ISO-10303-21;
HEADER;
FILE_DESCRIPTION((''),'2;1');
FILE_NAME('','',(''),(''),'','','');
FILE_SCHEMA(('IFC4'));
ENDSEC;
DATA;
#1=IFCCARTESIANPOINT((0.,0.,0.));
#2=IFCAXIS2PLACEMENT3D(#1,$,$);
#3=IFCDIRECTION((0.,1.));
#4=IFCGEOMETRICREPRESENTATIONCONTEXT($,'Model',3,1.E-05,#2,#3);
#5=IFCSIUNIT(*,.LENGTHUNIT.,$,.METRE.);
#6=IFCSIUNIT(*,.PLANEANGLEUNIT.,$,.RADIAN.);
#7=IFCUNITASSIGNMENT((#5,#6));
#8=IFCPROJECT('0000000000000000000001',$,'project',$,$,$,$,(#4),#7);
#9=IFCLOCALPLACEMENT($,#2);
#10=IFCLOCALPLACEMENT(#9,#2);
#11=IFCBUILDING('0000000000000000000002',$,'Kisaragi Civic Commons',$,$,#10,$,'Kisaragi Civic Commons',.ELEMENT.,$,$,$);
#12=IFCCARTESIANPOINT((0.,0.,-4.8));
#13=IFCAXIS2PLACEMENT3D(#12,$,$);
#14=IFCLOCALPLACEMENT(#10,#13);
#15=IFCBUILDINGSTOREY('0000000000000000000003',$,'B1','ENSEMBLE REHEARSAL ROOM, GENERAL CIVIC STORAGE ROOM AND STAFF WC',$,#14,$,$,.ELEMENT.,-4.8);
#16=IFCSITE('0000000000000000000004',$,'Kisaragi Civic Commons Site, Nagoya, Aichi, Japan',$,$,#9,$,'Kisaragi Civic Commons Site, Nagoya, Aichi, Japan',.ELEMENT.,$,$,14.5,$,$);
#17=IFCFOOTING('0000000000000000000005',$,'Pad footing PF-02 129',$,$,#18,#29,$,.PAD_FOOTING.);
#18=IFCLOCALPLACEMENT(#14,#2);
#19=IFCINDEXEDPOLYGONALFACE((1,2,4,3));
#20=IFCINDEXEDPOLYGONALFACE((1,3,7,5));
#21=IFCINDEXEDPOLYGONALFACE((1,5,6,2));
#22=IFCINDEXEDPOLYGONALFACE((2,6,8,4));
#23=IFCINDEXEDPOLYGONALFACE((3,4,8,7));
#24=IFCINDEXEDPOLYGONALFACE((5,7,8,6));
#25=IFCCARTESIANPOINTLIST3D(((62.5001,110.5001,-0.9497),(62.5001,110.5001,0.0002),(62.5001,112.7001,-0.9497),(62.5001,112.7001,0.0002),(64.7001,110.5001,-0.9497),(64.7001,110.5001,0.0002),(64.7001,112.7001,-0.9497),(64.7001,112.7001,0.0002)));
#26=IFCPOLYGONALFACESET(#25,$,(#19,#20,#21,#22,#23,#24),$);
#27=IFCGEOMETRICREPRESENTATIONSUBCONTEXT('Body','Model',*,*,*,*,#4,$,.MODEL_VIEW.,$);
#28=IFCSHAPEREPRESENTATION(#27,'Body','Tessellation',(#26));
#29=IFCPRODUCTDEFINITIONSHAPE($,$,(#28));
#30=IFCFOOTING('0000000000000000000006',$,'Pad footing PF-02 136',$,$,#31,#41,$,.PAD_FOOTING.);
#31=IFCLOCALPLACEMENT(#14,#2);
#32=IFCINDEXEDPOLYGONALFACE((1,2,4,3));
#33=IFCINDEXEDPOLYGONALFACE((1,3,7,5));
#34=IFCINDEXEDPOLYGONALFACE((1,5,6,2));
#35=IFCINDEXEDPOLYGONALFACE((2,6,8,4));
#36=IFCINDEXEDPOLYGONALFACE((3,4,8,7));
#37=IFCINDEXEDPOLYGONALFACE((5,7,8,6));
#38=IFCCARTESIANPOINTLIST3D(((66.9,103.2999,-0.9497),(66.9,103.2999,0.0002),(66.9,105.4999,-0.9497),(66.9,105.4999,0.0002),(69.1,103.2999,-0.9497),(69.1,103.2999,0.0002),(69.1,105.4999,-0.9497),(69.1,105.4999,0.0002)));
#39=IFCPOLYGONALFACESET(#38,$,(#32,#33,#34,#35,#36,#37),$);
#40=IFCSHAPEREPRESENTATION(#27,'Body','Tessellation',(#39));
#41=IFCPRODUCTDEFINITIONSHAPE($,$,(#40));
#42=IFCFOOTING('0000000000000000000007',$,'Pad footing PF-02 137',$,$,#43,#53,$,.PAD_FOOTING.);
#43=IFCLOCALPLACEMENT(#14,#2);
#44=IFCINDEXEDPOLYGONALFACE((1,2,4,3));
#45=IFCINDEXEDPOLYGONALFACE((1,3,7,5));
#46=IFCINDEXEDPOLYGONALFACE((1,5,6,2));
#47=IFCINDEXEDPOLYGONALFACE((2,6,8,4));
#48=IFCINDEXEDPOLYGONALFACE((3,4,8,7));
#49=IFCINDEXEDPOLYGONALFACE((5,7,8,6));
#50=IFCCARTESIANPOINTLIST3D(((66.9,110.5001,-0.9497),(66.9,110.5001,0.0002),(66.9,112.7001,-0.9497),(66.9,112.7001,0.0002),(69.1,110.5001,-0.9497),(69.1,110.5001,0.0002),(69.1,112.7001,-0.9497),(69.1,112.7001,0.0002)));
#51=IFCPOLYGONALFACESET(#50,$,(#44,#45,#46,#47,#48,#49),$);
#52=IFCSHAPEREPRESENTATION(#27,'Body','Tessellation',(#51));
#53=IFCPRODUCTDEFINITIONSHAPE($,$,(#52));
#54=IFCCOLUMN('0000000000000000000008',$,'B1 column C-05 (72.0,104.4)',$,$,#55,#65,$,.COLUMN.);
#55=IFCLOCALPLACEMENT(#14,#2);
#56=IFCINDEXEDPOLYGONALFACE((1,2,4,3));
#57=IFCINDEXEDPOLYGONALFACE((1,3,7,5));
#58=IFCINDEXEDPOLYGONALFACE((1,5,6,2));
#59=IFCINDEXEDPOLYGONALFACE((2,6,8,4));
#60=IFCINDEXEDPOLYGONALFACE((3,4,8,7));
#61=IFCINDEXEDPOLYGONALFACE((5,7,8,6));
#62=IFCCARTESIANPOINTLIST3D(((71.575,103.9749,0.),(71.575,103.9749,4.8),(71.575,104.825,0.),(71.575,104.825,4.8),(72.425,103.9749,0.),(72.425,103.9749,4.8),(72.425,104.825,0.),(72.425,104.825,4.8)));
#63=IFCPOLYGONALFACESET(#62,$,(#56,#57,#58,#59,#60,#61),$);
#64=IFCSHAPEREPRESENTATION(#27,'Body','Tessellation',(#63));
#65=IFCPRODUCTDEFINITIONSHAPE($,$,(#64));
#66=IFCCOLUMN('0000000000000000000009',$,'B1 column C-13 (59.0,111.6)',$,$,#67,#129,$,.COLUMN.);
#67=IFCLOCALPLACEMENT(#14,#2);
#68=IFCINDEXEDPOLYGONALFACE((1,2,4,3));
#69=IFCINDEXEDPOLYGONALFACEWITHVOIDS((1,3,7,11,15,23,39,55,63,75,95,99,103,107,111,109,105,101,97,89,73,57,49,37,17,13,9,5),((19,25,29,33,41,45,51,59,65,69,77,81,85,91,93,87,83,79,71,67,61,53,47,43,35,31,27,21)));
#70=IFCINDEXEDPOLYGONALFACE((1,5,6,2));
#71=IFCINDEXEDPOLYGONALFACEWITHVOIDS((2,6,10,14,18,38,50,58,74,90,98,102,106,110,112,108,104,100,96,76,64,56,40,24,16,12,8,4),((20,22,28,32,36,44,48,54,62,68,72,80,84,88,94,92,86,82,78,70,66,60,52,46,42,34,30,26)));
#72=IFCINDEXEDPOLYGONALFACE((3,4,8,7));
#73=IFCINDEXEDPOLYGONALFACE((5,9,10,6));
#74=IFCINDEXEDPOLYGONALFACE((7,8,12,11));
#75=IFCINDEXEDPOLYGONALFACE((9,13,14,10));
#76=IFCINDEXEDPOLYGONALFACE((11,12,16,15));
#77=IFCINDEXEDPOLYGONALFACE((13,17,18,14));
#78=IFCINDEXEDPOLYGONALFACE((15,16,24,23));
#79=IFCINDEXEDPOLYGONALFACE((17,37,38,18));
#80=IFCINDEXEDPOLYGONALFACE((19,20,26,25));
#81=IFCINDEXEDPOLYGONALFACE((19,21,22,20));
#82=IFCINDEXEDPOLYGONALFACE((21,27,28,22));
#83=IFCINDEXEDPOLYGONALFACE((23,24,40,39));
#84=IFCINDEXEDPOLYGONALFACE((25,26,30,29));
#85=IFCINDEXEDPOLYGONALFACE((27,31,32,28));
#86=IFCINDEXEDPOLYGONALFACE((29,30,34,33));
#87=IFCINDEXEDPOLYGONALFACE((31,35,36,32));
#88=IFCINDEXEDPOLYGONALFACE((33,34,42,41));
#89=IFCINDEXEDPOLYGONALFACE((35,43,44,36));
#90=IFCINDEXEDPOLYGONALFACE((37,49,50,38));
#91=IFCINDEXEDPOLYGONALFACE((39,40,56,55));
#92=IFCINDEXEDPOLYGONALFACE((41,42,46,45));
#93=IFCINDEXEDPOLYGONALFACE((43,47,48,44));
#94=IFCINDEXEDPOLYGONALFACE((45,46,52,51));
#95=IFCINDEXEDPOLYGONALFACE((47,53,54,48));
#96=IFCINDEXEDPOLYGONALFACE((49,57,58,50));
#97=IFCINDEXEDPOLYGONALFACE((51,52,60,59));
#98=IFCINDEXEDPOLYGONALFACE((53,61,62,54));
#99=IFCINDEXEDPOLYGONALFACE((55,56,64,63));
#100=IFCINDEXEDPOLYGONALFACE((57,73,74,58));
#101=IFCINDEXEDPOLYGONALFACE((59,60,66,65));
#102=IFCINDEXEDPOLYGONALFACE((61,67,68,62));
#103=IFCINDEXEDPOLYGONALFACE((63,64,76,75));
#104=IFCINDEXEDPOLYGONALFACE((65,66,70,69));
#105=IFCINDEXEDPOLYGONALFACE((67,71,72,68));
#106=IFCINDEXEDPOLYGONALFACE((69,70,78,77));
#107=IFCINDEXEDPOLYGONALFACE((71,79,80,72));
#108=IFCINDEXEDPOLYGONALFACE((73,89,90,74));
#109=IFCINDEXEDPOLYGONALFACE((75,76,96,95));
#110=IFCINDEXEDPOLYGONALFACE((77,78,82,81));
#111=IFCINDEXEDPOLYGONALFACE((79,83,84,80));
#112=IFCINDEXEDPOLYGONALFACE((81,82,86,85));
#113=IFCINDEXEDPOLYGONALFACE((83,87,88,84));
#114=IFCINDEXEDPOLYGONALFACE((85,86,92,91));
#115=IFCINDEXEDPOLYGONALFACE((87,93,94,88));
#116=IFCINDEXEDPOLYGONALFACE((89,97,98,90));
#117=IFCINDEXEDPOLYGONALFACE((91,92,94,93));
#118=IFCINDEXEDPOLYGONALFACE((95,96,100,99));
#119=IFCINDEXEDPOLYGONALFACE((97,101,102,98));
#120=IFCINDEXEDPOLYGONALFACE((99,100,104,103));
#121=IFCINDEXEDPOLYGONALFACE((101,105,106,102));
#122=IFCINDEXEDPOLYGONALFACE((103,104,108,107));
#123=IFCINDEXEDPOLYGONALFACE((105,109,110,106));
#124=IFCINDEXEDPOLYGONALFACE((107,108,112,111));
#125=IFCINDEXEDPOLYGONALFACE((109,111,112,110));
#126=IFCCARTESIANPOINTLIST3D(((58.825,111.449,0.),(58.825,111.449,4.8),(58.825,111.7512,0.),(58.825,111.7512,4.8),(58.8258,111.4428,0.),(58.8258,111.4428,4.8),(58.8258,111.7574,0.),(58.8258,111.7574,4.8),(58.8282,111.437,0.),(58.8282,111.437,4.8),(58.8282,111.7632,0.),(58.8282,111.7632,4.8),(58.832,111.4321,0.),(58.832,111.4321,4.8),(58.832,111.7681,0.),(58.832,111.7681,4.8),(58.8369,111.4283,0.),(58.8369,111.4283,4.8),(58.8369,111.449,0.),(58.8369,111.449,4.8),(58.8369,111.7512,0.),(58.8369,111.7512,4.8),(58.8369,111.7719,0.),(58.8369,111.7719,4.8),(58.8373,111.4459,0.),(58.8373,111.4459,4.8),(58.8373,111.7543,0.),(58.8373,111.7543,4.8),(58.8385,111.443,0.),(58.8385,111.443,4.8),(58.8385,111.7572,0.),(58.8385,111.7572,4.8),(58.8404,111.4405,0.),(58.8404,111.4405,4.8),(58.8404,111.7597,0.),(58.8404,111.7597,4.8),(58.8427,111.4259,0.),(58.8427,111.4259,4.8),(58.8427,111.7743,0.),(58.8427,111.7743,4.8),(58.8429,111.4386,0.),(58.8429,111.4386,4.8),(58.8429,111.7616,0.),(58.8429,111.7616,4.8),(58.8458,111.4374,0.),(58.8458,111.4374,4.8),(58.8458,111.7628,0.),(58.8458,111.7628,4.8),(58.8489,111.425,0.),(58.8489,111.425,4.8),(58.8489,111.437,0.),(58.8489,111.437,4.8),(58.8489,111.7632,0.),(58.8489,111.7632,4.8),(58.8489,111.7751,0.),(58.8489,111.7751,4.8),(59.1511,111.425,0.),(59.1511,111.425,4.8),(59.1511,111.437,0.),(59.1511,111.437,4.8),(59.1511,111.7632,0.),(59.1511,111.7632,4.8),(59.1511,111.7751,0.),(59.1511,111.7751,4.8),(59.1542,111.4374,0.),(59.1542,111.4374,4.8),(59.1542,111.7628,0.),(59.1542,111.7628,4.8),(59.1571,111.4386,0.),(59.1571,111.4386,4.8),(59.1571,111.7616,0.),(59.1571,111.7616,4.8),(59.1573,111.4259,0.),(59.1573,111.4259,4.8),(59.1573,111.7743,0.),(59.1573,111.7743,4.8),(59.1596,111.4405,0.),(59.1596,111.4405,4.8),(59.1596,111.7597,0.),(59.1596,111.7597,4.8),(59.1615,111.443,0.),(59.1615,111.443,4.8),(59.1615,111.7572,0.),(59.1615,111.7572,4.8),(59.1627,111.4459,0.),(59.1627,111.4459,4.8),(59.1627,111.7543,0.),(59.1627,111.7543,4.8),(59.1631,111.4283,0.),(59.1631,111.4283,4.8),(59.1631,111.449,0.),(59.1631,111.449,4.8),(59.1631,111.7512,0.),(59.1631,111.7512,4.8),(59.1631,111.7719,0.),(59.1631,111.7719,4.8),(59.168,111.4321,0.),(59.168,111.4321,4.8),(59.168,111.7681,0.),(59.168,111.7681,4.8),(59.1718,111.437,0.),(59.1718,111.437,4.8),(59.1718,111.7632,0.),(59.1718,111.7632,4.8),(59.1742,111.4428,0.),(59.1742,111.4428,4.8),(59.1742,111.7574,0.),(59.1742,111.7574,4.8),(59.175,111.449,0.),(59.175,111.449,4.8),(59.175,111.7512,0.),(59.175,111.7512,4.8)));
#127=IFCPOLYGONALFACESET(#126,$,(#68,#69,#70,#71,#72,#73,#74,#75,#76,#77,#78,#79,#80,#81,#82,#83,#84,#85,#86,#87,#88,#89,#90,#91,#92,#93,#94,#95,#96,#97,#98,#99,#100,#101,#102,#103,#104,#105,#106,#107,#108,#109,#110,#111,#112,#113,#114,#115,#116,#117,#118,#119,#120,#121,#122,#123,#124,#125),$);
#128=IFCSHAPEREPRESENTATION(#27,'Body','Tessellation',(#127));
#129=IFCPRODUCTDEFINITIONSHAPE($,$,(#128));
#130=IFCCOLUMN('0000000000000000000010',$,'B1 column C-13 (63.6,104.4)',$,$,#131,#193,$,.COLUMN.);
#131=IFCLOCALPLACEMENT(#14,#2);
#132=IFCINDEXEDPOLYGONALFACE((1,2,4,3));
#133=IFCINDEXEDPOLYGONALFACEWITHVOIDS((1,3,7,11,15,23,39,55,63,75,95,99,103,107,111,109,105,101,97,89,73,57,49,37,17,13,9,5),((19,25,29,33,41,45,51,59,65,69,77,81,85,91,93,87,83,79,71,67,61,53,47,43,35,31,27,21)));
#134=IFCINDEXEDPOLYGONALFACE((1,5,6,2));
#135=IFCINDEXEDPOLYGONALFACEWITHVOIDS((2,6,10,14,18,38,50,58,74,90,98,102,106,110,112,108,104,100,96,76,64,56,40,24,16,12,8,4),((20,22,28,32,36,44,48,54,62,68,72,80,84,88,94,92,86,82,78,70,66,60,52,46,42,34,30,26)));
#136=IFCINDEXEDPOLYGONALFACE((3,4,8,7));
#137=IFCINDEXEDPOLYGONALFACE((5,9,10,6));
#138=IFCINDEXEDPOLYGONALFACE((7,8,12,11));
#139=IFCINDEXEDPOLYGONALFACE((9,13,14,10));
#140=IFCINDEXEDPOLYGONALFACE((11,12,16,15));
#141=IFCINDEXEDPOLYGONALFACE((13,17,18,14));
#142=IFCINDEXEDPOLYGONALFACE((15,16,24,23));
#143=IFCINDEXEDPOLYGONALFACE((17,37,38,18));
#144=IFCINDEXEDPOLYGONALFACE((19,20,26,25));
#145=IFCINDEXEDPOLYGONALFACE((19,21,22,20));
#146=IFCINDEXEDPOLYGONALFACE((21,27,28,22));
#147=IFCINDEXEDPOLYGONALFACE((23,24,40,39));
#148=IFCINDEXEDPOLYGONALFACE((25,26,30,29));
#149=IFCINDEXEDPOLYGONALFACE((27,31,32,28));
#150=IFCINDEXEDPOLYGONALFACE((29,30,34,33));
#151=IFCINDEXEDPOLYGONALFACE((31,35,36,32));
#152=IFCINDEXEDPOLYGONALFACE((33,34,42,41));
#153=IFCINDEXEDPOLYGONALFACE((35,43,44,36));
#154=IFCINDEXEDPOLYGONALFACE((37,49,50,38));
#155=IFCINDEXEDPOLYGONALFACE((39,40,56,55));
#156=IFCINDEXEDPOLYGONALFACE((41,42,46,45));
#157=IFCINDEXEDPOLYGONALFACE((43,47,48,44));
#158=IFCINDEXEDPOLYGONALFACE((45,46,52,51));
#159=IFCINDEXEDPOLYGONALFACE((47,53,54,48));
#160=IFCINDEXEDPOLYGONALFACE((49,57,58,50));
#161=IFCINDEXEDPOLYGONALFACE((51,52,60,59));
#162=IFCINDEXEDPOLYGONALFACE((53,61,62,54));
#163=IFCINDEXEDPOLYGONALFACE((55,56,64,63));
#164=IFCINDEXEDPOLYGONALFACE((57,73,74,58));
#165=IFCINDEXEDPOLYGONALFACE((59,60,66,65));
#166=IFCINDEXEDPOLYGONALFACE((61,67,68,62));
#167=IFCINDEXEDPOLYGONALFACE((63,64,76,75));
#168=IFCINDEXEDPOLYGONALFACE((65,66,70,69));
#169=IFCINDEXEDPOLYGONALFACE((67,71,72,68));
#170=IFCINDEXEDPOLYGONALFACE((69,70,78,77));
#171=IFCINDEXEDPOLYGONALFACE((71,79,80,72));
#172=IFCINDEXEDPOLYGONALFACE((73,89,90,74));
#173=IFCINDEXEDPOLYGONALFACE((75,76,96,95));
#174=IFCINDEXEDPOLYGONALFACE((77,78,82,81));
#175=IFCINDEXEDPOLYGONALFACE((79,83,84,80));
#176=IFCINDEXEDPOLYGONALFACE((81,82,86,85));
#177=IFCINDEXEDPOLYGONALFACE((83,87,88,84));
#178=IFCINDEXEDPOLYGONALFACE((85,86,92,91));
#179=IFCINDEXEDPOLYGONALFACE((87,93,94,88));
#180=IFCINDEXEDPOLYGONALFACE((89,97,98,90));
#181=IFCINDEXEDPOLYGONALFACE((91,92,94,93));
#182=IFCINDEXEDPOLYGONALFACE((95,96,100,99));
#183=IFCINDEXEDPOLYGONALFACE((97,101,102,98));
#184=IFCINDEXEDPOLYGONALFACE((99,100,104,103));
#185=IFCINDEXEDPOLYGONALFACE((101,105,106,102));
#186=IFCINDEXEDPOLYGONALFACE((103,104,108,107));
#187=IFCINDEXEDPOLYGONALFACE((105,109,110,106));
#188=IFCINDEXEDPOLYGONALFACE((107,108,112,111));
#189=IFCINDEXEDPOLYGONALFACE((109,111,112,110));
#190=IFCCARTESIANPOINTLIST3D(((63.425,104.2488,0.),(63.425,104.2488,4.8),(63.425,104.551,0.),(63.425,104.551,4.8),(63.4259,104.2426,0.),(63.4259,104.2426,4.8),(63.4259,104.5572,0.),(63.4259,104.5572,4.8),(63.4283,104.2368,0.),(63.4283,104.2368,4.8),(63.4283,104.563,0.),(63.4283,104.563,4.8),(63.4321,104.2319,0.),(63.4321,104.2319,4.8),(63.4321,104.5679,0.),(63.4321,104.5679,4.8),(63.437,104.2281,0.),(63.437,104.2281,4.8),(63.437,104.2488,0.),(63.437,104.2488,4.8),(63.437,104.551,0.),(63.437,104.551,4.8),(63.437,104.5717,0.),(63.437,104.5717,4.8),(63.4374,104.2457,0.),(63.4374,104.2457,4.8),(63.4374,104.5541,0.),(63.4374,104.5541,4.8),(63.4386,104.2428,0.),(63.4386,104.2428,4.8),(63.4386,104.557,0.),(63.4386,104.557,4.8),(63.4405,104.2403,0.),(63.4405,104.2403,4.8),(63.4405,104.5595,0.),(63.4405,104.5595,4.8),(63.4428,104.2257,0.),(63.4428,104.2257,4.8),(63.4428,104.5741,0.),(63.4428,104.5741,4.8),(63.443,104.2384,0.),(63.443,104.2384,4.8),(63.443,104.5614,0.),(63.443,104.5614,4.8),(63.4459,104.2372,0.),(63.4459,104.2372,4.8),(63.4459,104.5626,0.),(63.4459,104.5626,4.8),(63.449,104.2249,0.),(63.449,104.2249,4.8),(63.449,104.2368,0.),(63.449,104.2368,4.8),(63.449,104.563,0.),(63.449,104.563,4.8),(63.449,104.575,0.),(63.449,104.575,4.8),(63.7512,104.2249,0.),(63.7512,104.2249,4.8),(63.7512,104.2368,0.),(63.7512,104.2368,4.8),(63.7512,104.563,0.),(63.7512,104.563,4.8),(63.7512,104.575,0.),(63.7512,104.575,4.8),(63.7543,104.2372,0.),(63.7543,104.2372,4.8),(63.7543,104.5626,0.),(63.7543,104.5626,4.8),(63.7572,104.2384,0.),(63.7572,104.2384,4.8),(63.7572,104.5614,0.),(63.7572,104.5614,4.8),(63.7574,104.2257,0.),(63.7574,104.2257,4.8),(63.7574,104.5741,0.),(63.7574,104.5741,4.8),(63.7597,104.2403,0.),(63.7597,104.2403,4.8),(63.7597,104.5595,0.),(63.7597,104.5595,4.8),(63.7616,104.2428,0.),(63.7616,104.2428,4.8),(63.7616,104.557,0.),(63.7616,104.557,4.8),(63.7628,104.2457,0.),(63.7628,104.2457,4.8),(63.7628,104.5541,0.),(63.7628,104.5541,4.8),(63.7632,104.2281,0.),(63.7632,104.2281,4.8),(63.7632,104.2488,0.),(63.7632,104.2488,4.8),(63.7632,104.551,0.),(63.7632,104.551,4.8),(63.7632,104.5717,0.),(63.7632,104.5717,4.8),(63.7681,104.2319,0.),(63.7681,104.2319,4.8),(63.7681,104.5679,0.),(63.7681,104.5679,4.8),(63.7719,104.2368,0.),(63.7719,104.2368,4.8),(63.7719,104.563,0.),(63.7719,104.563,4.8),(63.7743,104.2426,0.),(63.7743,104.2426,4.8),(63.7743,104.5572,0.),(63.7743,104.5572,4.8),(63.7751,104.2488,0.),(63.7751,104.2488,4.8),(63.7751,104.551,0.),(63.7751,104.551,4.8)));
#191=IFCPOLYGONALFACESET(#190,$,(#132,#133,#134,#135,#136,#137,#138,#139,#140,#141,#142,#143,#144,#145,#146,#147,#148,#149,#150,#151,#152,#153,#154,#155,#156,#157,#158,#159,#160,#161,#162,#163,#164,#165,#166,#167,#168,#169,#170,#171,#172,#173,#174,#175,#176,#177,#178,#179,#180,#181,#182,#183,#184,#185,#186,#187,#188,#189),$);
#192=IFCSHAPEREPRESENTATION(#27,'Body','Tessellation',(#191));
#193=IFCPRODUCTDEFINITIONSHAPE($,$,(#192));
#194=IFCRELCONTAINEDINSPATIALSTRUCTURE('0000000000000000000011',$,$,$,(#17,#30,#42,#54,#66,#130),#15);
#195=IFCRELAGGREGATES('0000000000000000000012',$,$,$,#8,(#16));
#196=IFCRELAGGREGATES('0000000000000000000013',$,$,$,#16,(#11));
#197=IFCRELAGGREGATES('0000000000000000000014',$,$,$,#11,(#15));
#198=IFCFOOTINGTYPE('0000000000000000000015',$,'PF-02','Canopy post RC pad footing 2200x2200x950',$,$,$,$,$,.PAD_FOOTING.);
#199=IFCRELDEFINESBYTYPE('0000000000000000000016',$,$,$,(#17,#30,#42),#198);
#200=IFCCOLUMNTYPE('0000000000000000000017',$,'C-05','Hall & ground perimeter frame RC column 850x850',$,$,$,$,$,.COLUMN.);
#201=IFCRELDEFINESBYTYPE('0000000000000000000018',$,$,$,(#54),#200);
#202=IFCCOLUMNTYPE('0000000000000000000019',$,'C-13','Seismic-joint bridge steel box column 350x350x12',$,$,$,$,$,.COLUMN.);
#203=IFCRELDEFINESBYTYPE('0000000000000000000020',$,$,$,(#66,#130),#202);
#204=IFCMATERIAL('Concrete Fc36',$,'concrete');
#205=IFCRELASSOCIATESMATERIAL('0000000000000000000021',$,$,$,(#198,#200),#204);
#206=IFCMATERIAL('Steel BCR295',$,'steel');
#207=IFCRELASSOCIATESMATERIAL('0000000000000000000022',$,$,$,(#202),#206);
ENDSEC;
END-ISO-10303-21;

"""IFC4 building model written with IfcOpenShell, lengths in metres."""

from ifc_helpers import new_model, si_unit, direction, frame, origin, origin_2d, place, context, subcontext, project, spatial, rectangle, hollow_rectangle, extrude, material, material_profile, profile_set, type_object, element, save


model = new_model("IFC4")

# Units and contexts
model_context = context("Model", 3, precision=1e-05, world=origin(), true_north=direction((0.0, 1.0)))
body_context = subcontext(model_context, "Body", "Model", "MODEL_VIEW")
ifc_project = project(units=[si_unit("LENGTHUNIT", "METRE"), si_unit("PLANEANGLEUNIT", "RADIAN")], contexts=[model_context])

# Site, building, storey
site_placement = place(None, origin())
site = spatial("IfcSite", under=ifc_project, at=site_placement, Name="Kisaragi Civic Commons Site, Nagoya, Aichi, Japan", LongName="Kisaragi Civic Commons Site, Nagoya, Aichi, Japan", CompositionType="ELEMENT", RefElevation=14.5)
building_placement = place(site_placement, origin())
building = spatial("IfcBuilding", under=site, at=building_placement, Name="Kisaragi Civic Commons", LongName="Kisaragi Civic Commons", CompositionType="ELEMENT")
storey_placement = place(building_placement, frame((0.0, 0.0, -4.8)))
storey = spatial("IfcBuildingStorey", under=building, at=storey_placement, Name="B1", Description="ENSEMBLE REHEARSAL ROOM, GENERAL CIVIC STORAGE ROOM AND STAFF WC", CompositionType="ELEMENT", Elevation=-4.8)

# Footings
ifc_material_1 = material(Name="Concrete Fc36", Category="concrete")
footing_type_1 = type_object("IfcFootingType", Name="PF-02", Description="Canopy post RC pad footing 2200x2200x950", PredefinedType="PAD_FOOTING", material=ifc_material_1)
for number, where, z_axis, x_axis, name in (
    (1, (63.6001, 111.6001, -0.9497), (0.0, 0.0, 1.0), (1.0, 0.0, 0.0), "Pad footing PF-02 129"),
    (2, (68.0, 104.3999, -0.9497), (0.0, 0.0, 1.0), (1.0, 0.0, 0.0), "Pad footing PF-02 136"),
    (3, (68.0, 111.6001, -0.9497), (0.0, 0.0, 1.0), (1.0, 0.0, 0.0), "Pad footing PF-02 137"),
):
    element("IfcFooting", number, at=place(storey_placement, frame(where, z_axis=z_axis, x_axis=x_axis)), inside=storey, type_object=footing_type_1, Name=name, PredefinedType="PAD_FOOTING", context=body_context, shape_type="SweptSolid", body=[
        extrude(rectangle(XDim=2.2, YDim=2.2, at=origin_2d()), origin(), (0.0, 0.0, 1.0), 0.95),
    ])

# Columns
ifc_material_profile_1 = material_profile(ifc_material_1, rectangle(XDim=0.8501, YDim=0.8501, at=origin_2d()), Name="RC-850x850", Category="concrete")
ifc_profile_set_1 = profile_set([ifc_material_profile_1], Name="Concrete Fc36")
column_type_1 = type_object("IfcColumnType", Name="C-05", Description="Hall & ground perimeter frame RC column 850x850", PredefinedType="COLUMN", material=ifc_profile_set_1)
column_placement = place(storey_placement, frame((72.0, 104.3999, 0.0), z_axis=(0.0, 0.0, 1.0), x_axis=(1.0, 0.0, 0.0)))
element("IfcColumn", 4, at=column_placement, inside=storey, type_object=column_type_1, Name="B1 column C-05 (72.0,104.4)", PredefinedType="COLUMN", context=body_context, shape_type="SweptSolid", body=[
    extrude(rectangle(XDim=0.8501, YDim=0.8501, at=origin_2d()), origin(), (0.0, 0.0, 1.0), 4.8),
])
ifc_material_2 = material(Name="Steel BCR295", Category="steel")
ifc_material_profile_2 = material_profile(ifc_material_2, hollow_rectangle(XDim=0.3501, YDim=0.3501, WallThickness=0.012, InnerFilletRadius=0.012, OuterFilletRadius=0.0239, at=origin_2d()), Name="BCR-350x350x12", Category="steel")
ifc_profile_set_2 = profile_set([ifc_material_profile_2], Name="Steel BCR295")
column_type_2 = type_object("IfcColumnType", Name="C-13", Description="Seismic-joint bridge steel box column 350x350x12", PredefinedType="COLUMN", material=ifc_profile_set_2)
for number, where, z_axis, x_axis, name in (
    (5, (59.0, 111.6001, 0.0), (0.0, 0.0, 1.0), (1.0, 0.0, 0.0), "B1 column C-13 (59.0,111.6)"),
    (6, (63.6001, 104.3999, 0.0), (0.0, 0.0, 1.0), (1.0, 0.0, 0.0), "B1 column C-13 (63.6,104.4)"),
):
    element("IfcColumn", number, at=place(storey_placement, frame(where, z_axis=z_axis, x_axis=x_axis)), inside=storey, type_object=column_type_2, Name=name, PredefinedType="COLUMN", context=body_context, shape_type="SweptSolid", body=[
        extrude(hollow_rectangle(XDim=0.3501, YDim=0.3501, WallThickness=0.012, InnerFilletRadius=0.012, OuterFilletRadius=0.0239, at=origin_2d()), origin(), (0.0, 0.0, 1.0), 4.8),
    ])

save(model, "model.ifc")
